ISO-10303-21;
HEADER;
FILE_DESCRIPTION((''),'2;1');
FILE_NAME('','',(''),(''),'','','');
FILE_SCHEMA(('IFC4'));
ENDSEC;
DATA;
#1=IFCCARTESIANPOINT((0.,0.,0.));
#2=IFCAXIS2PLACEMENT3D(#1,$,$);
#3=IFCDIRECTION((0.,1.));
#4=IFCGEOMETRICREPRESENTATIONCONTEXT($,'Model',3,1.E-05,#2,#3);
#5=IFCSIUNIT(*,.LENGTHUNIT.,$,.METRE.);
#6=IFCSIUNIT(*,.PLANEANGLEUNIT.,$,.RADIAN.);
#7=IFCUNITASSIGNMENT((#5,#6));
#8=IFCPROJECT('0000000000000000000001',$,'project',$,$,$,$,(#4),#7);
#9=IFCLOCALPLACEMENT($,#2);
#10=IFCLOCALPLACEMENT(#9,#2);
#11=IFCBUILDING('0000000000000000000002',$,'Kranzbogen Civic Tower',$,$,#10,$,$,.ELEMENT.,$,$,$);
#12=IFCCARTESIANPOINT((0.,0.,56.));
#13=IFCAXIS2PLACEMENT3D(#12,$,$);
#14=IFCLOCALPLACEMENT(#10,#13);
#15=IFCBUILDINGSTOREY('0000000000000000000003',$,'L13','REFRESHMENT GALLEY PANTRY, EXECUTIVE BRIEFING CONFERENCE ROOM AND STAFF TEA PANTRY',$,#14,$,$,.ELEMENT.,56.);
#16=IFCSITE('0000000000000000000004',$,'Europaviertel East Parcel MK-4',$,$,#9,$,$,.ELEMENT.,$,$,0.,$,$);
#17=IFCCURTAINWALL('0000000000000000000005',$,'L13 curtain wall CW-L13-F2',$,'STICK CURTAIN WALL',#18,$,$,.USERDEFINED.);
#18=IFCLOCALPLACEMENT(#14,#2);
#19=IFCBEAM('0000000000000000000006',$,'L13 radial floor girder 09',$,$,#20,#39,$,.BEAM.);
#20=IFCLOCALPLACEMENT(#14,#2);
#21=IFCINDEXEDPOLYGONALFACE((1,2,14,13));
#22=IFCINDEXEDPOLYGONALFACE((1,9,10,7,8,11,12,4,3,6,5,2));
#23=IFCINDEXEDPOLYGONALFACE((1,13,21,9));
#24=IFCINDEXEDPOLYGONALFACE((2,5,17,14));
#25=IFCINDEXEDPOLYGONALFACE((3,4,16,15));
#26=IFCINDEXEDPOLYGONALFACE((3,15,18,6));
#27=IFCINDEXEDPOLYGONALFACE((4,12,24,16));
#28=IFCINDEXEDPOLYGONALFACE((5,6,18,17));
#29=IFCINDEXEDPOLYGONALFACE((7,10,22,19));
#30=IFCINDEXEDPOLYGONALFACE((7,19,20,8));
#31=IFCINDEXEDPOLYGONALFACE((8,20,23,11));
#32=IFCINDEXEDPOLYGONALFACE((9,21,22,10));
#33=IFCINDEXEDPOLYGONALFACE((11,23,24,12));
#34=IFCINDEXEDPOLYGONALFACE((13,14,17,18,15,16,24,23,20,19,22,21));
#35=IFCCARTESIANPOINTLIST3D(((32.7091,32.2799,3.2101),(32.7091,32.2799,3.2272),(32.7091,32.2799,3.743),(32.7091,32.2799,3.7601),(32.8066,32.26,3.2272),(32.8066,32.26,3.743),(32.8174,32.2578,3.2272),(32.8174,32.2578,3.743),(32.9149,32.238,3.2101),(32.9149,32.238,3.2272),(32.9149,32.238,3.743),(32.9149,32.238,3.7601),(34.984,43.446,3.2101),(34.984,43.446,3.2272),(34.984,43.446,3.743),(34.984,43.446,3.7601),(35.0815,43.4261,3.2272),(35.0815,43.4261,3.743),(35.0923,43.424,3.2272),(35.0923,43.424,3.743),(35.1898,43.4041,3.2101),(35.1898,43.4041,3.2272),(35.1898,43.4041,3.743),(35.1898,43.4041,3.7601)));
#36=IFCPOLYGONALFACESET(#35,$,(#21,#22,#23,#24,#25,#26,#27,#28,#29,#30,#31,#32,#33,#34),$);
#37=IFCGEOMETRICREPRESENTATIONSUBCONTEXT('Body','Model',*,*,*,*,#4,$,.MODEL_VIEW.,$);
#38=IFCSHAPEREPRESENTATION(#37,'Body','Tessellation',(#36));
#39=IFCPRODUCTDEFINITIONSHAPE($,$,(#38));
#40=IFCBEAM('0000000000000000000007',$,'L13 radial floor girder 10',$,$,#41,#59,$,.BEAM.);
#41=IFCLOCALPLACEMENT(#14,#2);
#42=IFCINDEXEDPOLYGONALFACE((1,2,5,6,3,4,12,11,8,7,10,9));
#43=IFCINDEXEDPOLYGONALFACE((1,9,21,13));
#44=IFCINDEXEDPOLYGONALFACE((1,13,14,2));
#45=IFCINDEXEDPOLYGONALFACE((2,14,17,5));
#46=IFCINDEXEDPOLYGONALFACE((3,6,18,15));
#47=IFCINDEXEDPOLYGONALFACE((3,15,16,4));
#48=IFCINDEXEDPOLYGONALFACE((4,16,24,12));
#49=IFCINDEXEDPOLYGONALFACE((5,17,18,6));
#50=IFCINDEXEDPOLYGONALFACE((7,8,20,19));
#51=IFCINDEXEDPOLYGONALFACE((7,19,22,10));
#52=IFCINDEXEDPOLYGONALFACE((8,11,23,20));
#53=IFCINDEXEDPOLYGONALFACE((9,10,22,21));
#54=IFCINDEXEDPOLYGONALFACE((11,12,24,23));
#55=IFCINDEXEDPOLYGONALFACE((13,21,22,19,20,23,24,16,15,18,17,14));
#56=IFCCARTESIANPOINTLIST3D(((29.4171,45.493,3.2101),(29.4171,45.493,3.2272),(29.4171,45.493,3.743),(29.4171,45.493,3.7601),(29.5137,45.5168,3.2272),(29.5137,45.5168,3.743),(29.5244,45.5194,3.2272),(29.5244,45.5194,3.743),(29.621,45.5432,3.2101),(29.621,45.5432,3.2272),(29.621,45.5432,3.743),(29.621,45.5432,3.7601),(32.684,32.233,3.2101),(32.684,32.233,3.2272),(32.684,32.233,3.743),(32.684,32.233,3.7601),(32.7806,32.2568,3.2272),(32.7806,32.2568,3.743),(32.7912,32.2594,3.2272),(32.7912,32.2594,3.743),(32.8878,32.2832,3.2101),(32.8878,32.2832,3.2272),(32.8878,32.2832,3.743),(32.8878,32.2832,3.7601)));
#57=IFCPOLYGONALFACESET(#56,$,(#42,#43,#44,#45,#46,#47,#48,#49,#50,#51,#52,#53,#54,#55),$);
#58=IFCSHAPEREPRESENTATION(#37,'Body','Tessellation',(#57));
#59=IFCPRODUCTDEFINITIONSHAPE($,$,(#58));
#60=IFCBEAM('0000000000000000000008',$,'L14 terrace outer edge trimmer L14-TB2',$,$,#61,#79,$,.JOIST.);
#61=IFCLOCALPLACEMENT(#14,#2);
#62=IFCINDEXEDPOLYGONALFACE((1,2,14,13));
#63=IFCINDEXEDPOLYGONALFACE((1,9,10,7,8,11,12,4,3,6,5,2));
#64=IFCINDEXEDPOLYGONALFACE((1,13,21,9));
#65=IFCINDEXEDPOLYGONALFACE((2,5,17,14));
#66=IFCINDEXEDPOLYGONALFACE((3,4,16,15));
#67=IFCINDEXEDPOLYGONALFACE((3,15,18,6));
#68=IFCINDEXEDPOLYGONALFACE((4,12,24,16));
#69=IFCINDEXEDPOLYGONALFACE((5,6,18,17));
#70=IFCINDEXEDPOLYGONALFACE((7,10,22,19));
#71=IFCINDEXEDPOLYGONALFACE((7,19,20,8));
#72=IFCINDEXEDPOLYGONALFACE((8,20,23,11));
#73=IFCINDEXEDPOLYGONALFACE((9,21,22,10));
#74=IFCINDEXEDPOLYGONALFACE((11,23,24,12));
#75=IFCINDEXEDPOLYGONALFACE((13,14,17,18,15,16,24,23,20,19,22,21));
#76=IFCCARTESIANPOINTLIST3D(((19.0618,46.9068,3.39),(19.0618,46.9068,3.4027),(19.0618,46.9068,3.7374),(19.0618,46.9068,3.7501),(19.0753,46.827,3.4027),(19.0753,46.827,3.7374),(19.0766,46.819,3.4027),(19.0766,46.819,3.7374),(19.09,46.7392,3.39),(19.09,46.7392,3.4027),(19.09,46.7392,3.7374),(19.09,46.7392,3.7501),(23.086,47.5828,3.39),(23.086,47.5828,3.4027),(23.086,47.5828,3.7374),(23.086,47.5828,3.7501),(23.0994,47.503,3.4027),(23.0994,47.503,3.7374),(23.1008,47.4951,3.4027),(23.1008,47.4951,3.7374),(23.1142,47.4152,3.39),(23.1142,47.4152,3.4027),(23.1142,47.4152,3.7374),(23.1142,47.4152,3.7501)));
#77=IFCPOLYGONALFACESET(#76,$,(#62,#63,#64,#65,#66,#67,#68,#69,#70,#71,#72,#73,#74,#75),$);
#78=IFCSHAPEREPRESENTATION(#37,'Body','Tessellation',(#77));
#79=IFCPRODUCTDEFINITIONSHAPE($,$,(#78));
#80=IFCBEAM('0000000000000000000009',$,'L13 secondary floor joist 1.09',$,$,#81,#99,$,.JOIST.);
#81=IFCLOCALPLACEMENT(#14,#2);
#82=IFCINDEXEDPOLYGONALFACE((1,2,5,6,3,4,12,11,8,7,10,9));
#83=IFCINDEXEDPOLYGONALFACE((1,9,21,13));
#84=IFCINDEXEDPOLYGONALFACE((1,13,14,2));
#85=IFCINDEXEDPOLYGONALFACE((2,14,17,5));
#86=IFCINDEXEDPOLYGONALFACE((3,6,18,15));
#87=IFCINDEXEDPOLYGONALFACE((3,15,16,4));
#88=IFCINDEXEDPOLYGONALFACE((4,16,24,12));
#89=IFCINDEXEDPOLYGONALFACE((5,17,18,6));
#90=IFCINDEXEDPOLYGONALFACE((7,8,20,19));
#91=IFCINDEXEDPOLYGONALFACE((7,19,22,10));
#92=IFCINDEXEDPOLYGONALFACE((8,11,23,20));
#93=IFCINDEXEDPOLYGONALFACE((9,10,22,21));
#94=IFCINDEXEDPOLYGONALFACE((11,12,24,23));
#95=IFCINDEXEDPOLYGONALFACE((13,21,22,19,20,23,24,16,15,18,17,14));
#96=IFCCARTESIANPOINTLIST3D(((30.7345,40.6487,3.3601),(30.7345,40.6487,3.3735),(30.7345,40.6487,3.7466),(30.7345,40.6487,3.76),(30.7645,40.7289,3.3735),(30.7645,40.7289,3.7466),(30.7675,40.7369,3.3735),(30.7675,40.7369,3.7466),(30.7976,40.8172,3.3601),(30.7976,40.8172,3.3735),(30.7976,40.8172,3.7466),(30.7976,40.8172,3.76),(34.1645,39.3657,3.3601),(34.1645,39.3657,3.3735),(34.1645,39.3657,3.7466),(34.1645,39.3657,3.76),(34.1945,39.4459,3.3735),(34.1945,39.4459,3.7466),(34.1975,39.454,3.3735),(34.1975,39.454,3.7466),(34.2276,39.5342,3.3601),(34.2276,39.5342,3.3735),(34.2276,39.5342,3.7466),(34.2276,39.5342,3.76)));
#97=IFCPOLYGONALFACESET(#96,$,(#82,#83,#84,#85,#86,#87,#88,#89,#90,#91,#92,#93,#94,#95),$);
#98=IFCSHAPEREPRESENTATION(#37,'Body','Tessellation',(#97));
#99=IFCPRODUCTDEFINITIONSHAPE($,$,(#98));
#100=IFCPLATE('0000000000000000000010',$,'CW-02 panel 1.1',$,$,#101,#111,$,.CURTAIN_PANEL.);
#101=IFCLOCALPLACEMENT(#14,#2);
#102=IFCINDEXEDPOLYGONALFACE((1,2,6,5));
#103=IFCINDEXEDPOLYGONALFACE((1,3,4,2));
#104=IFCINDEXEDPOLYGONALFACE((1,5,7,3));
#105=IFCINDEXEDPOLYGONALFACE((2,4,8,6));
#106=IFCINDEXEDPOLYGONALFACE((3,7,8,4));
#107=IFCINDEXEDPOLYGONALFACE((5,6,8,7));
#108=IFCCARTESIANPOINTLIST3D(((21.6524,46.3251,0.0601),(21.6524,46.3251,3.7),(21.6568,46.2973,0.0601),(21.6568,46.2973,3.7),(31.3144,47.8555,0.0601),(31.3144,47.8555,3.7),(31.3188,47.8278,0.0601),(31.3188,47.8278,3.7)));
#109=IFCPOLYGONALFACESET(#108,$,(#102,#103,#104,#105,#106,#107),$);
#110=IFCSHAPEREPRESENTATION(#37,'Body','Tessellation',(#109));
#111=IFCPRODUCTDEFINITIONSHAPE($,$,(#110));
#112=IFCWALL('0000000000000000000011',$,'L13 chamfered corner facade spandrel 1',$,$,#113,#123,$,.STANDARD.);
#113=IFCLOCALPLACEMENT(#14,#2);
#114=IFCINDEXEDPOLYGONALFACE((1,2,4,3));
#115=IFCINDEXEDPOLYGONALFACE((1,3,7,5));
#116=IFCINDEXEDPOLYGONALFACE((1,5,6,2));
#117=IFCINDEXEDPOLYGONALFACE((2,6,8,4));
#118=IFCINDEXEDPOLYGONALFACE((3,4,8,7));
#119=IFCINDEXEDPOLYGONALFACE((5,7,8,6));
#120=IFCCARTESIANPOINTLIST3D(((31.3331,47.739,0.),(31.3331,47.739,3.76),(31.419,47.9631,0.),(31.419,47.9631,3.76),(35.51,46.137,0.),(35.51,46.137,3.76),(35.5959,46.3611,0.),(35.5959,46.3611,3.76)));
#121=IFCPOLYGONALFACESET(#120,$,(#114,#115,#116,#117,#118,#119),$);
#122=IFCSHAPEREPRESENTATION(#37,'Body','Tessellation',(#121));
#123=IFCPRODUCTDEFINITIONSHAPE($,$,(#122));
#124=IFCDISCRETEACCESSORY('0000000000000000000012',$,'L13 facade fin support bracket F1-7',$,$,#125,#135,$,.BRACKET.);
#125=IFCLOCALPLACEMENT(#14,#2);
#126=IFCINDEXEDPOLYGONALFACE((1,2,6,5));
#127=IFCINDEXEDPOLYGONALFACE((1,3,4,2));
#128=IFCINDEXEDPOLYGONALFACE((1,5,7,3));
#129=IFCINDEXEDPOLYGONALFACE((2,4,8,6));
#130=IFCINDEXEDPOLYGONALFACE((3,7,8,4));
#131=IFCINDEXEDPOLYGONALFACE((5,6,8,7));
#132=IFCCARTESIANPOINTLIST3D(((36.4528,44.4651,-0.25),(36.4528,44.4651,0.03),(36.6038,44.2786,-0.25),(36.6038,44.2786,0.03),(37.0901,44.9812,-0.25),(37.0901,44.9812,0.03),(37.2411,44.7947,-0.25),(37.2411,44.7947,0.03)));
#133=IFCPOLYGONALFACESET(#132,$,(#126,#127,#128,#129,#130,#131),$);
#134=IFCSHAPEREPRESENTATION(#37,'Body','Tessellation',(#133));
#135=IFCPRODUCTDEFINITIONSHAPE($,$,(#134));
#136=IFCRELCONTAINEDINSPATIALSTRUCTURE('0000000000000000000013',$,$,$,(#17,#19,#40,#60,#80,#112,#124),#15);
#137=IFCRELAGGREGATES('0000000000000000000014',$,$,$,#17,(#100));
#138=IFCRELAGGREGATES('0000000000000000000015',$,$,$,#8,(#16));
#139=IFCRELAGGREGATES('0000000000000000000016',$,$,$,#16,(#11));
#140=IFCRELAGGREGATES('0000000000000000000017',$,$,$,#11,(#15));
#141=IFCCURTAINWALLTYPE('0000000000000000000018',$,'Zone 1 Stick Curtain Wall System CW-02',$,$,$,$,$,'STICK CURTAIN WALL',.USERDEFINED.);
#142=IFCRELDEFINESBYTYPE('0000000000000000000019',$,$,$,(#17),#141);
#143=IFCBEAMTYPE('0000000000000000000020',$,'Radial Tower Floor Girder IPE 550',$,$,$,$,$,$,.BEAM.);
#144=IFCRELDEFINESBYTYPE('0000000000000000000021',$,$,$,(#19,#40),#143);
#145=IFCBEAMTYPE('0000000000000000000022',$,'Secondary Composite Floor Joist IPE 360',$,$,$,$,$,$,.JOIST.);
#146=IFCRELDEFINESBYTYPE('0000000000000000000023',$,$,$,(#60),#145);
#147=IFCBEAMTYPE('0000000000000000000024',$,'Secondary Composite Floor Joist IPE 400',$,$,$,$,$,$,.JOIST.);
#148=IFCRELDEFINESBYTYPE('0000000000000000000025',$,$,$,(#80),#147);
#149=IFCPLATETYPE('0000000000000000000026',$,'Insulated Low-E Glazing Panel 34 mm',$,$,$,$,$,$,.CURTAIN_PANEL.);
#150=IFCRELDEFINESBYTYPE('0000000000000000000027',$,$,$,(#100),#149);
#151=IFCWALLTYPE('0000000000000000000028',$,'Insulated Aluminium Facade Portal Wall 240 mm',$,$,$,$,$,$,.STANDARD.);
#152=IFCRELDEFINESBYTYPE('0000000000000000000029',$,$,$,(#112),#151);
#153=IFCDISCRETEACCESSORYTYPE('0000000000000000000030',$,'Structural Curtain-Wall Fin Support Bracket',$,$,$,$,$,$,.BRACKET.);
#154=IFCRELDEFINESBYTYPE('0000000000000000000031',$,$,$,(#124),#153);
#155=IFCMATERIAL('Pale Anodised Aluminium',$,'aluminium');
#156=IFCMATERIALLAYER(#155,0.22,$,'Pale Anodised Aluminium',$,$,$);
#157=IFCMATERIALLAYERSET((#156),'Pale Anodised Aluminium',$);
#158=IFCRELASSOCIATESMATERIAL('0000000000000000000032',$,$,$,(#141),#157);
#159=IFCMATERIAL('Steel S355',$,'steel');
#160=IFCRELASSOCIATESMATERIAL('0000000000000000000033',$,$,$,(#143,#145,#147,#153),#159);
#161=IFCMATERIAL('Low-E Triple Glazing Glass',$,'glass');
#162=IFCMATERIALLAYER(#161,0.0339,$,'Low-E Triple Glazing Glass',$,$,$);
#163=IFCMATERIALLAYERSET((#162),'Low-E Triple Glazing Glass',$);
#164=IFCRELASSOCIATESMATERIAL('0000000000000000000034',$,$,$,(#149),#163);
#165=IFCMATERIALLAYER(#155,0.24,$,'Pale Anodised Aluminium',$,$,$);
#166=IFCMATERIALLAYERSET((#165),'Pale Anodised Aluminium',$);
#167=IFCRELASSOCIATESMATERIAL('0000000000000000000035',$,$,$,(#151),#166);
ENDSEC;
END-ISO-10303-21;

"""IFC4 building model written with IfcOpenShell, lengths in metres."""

from ifc_helpers import new_model, si_unit, direction, frame, frame_2d, origin, origin_2d, place, context, subcontext, project, spatial, rectangle, i_section, extrude, material, layer, layer_set, material_profile, profile_set, type_object, element, aggregate, save


model = new_model("IFC4")

# Units and contexts
model_context = context("Model", 3, precision=1e-05, world=origin(), true_north=direction((0.0, 1.0)))
body_context = subcontext(model_context, "Body", "Model", "MODEL_VIEW")
ifc_project = project(units=[si_unit("LENGTHUNIT", "METRE"), si_unit("PLANEANGLEUNIT", "RADIAN")], contexts=[model_context])

# Site, building, storey
site_placement = place(None, origin())
site = spatial("IfcSite", under=ifc_project, at=site_placement, Name="Europaviertel East Parcel MK-4", CompositionType="ELEMENT", RefElevation=0.0)
building_placement = place(site_placement, origin())
building = spatial("IfcBuilding", under=site, at=building_placement, Name="Kranzbogen Civic Tower", CompositionType="ELEMENT")
storey_placement = place(building_placement, frame((0.0, 0.0, 56.0)))
storey = spatial("IfcBuildingStorey", under=building, at=storey_placement, Name="L13", Description="REFRESHMENT GALLEY PANTRY, EXECUTIVE BRIEFING CONFERENCE ROOM AND STAFF TEA PANTRY", CompositionType="ELEMENT", Elevation=56.0)

# Shared definitions
ifc_material_1 = material(Name="Pale Anodised Aluminium", Category="aluminium")
ifc_layer_1 = layer(ifc_material_1, 0.22, Name="Pale Anodised Aluminium")
ifc_layer_set_1 = layer_set([ifc_layer_1], Name="Pale Anodised Aluminium")
curtain_wall_type = type_object("IfcCurtainWallType", Name="Zone 1 Stick Curtain Wall System CW-02", ElementType="STICK CURTAIN WALL", PredefinedType="USERDEFINED", material=ifc_layer_set_1)

# Curtain wall
curtain_wall_1_placement = place(storey_placement, origin())
curtain_wall_1 = element("IfcCurtainWall", 1, at=curtain_wall_1_placement, inside=storey, type_object=curtain_wall_type, Name="L13 curtain wall CW-L13-F2", ObjectType="STICK CURTAIN WALL", PredefinedType="USERDEFINED")

# Beams
ifc_material_2 = material(Name="Steel S355", Category="steel")
ifc_material_profile_1 = material_profile(ifc_material_2, i_section(OverallWidth=0.21, OverallDepth=0.55, WebThickness=0.011, FlangeThickness=0.0171, at=origin_2d()), Name="IPE 550")
ifc_profile_set_1 = profile_set([ifc_material_profile_1], Name="Steel S355")
beam_type_1 = type_object("IfcBeamType", Name="Radial Tower Floor Girder IPE 550", PredefinedType="BEAM", material=ifc_profile_set_1)
beam_1_placement = place(storey_placement, frame((35.0869, 43.425, 3.4851), z_axis=(-0.199633, -0.979871, 0.0), x_axis=(0.979871, -0.199633, 0.0)))
element("IfcBeam", 2, at=beam_1_placement, inside=storey, type_object=beam_type_1, Name="L13 radial floor girder 09", PredefinedType="BEAM", context=body_context, shape_type="SweptSolid", body=[
    extrude(i_section(OverallWidth=0.21, OverallDepth=0.55, WebThickness=0.011, FlangeThickness=0.0171, at=origin_2d()), origin(), (0.0, 0.0, 1.0), 11.3955),
])
beam_2_placement = place(storey_placement, frame((29.519, 45.5181, 3.4851), z_axis=(0.239215, -0.970967, 0.0), x_axis=(0.970967, 0.239215, 0.0)))
element("IfcBeam", 3, at=beam_2_placement, inside=storey, type_object=beam_type_1, Name="L13 radial floor girder 10", PredefinedType="BEAM", context=body_context, shape_type="SweptSolid", body=[
    extrude(i_section(OverallWidth=0.21, OverallDepth=0.55, WebThickness=0.011, FlangeThickness=0.0171, at=origin_2d()), origin(), (0.0, 0.0, 1.0), 13.6565),
])
ifc_material_profile_2 = material_profile(ifc_material_2, i_section(OverallWidth=0.1699, OverallDepth=0.3601, WebThickness=0.0081, FlangeThickness=0.0127, at=origin_2d()), Name="IPE 360")
ifc_profile_set_2 = profile_set([ifc_material_profile_2], Name="Steel S355")
beam_type_2 = type_object("IfcBeamType", Name="Secondary Composite Floor Joist IPE 360", PredefinedType="JOIST", material=ifc_profile_set_2)
beam_3_placement = place(storey_placement, frame((23.1001, 47.499, 3.5701), z_axis=(-0.986181, -0.16567, 0.0), x_axis=(0.16567, -0.986181, 0.0)))
element("IfcBeam", 4, at=beam_3_placement, inside=storey, type_object=beam_type_2, Name="L14 terrace outer edge trimmer L14-TB2", PredefinedType="JOIST", context=body_context, shape_type="SweptSolid", body=[
    extrude(i_section(OverallWidth=0.1699, OverallDepth=0.3601, WebThickness=0.0081, FlangeThickness=0.0127, at=origin_2d()), origin(), (0.0, 0.0, 1.0), 4.0806),
])
ifc_material_profile_3 = material_profile(ifc_material_2, i_section(OverallWidth=0.1799, OverallDepth=0.3999, WebThickness=0.0085, FlangeThickness=0.0134, at=origin_2d()), Name="IPE 400")
ifc_profile_set_3 = profile_set([ifc_material_profile_3], Name="Steel S355")
beam_type_3 = type_object("IfcBeamType", Name="Secondary Composite Floor Joist IPE 400", PredefinedType="JOIST", material=ifc_profile_set_3)
beam_4_placement = place(storey_placement, frame((34.196, 39.45, 3.5601), z_axis=(-0.936622, 0.350342, 0.0), x_axis=(-0.350342, -0.936622, 0.0)))
element("IfcBeam", 5, at=beam_4_placement, inside=storey, type_object=beam_type_3, Name="L13 secondary floor joist 1.09", PredefinedType="JOIST", context=body_context, shape_type="SweptSolid", body=[
    extrude(i_section(OverallWidth=0.1799, OverallDepth=0.3999, WebThickness=0.0085, FlangeThickness=0.0134, at=origin_2d()), origin(), (0.0, 0.0, 1.0), 3.6621),
])

# Plate
ifc_material_3 = material(Name="Low-E Triple Glazing Glass", Category="glass")
ifc_layer_2 = layer(ifc_material_3, 0.0339, Name="Low-E Triple Glazing Glass")
ifc_layer_set_2 = layer_set([ifc_layer_2], Name="Low-E Triple Glazing Glass")
plate_type = type_object("IfcPlateType", Name="Insulated Low-E Glazing Panel 34 mm", PredefinedType="CURTAIN_PANEL", material=ifc_layer_set_2)
plate_placement = place(storey_placement, frame((26.4856, 47.0764, 0.0601), z_axis=(0.0, 0.0, 1.0), x_axis=(-0.987687, -0.156444, 0.0)))
plate = element("IfcPlate", 6, at=plate_placement, type_object=plate_type, Name="CW-02 panel 1.1", PredefinedType="CURTAIN_PANEL", context=body_context, shape_type="SweptSolid", body=[
    extrude(rectangle(XDim=9.7825, YDim=0.0281, at=origin_2d()), origin(), (0.0, 0.0, 1.0), 3.6399),
])
aggregate(curtain_wall_1, [plate])

# Wall
ifc_layer_3 = layer(ifc_material_1, 0.24, Name="Pale Anodised Aluminium")
ifc_layer_set_3 = layer_set([ifc_layer_3], Name="Pale Anodised Aluminium")
wall_type = type_object("IfcWallType", Name="Insulated Aluminium Facade Portal Wall 240 mm", PredefinedType="STANDARD", material=ifc_layer_set_3)
wall_placement = place(storey_placement, frame((35.553, 46.249, 0.0), z_axis=(0.0, 0.0, 1.0), x_axis=(-0.933681, 0.358105, 0.0)))
element("IfcWall", 7, at=wall_placement, inside=storey, type_object=wall_type, Name="L13 chamfered corner facade spandrel 1", PredefinedType="STANDARD", context=body_context, shape_type="SweptSolid", body=[
    extrude(rectangle(XDim=4.4736, YDim=0.24, at=frame_2d((2.2368, 0.0))), origin(), (0.0, 0.0, 1.0), 3.76),
])

# Discrete accessory
discrete_accessory_type = type_object("IfcDiscreteAccessoryType", Name="Structural Curtain-Wall Fin Support Bracket", PredefinedType="BRACKET", material=ifc_material_2)
discrete_accessory_placement = place(storey_placement, frame((36.8469, 44.6299, -0.25), z_axis=(0.0, 0.0, 1.0), x_axis=(0.777146, 0.62932, 0.0)))
element("IfcDiscreteAccessory", 8, at=discrete_accessory_placement, inside=storey, type_object=discrete_accessory_type, Name="L13 facade fin support bracket F1-7", PredefinedType="BRACKET", context=body_context, shape_type="SweptSolid", body=[
    extrude(rectangle(XDim=0.8201, YDim=0.24, at=origin_2d()), origin(), (0.0, 0.0, 1.0), 0.28),
])

save(model, "model.ifc")
